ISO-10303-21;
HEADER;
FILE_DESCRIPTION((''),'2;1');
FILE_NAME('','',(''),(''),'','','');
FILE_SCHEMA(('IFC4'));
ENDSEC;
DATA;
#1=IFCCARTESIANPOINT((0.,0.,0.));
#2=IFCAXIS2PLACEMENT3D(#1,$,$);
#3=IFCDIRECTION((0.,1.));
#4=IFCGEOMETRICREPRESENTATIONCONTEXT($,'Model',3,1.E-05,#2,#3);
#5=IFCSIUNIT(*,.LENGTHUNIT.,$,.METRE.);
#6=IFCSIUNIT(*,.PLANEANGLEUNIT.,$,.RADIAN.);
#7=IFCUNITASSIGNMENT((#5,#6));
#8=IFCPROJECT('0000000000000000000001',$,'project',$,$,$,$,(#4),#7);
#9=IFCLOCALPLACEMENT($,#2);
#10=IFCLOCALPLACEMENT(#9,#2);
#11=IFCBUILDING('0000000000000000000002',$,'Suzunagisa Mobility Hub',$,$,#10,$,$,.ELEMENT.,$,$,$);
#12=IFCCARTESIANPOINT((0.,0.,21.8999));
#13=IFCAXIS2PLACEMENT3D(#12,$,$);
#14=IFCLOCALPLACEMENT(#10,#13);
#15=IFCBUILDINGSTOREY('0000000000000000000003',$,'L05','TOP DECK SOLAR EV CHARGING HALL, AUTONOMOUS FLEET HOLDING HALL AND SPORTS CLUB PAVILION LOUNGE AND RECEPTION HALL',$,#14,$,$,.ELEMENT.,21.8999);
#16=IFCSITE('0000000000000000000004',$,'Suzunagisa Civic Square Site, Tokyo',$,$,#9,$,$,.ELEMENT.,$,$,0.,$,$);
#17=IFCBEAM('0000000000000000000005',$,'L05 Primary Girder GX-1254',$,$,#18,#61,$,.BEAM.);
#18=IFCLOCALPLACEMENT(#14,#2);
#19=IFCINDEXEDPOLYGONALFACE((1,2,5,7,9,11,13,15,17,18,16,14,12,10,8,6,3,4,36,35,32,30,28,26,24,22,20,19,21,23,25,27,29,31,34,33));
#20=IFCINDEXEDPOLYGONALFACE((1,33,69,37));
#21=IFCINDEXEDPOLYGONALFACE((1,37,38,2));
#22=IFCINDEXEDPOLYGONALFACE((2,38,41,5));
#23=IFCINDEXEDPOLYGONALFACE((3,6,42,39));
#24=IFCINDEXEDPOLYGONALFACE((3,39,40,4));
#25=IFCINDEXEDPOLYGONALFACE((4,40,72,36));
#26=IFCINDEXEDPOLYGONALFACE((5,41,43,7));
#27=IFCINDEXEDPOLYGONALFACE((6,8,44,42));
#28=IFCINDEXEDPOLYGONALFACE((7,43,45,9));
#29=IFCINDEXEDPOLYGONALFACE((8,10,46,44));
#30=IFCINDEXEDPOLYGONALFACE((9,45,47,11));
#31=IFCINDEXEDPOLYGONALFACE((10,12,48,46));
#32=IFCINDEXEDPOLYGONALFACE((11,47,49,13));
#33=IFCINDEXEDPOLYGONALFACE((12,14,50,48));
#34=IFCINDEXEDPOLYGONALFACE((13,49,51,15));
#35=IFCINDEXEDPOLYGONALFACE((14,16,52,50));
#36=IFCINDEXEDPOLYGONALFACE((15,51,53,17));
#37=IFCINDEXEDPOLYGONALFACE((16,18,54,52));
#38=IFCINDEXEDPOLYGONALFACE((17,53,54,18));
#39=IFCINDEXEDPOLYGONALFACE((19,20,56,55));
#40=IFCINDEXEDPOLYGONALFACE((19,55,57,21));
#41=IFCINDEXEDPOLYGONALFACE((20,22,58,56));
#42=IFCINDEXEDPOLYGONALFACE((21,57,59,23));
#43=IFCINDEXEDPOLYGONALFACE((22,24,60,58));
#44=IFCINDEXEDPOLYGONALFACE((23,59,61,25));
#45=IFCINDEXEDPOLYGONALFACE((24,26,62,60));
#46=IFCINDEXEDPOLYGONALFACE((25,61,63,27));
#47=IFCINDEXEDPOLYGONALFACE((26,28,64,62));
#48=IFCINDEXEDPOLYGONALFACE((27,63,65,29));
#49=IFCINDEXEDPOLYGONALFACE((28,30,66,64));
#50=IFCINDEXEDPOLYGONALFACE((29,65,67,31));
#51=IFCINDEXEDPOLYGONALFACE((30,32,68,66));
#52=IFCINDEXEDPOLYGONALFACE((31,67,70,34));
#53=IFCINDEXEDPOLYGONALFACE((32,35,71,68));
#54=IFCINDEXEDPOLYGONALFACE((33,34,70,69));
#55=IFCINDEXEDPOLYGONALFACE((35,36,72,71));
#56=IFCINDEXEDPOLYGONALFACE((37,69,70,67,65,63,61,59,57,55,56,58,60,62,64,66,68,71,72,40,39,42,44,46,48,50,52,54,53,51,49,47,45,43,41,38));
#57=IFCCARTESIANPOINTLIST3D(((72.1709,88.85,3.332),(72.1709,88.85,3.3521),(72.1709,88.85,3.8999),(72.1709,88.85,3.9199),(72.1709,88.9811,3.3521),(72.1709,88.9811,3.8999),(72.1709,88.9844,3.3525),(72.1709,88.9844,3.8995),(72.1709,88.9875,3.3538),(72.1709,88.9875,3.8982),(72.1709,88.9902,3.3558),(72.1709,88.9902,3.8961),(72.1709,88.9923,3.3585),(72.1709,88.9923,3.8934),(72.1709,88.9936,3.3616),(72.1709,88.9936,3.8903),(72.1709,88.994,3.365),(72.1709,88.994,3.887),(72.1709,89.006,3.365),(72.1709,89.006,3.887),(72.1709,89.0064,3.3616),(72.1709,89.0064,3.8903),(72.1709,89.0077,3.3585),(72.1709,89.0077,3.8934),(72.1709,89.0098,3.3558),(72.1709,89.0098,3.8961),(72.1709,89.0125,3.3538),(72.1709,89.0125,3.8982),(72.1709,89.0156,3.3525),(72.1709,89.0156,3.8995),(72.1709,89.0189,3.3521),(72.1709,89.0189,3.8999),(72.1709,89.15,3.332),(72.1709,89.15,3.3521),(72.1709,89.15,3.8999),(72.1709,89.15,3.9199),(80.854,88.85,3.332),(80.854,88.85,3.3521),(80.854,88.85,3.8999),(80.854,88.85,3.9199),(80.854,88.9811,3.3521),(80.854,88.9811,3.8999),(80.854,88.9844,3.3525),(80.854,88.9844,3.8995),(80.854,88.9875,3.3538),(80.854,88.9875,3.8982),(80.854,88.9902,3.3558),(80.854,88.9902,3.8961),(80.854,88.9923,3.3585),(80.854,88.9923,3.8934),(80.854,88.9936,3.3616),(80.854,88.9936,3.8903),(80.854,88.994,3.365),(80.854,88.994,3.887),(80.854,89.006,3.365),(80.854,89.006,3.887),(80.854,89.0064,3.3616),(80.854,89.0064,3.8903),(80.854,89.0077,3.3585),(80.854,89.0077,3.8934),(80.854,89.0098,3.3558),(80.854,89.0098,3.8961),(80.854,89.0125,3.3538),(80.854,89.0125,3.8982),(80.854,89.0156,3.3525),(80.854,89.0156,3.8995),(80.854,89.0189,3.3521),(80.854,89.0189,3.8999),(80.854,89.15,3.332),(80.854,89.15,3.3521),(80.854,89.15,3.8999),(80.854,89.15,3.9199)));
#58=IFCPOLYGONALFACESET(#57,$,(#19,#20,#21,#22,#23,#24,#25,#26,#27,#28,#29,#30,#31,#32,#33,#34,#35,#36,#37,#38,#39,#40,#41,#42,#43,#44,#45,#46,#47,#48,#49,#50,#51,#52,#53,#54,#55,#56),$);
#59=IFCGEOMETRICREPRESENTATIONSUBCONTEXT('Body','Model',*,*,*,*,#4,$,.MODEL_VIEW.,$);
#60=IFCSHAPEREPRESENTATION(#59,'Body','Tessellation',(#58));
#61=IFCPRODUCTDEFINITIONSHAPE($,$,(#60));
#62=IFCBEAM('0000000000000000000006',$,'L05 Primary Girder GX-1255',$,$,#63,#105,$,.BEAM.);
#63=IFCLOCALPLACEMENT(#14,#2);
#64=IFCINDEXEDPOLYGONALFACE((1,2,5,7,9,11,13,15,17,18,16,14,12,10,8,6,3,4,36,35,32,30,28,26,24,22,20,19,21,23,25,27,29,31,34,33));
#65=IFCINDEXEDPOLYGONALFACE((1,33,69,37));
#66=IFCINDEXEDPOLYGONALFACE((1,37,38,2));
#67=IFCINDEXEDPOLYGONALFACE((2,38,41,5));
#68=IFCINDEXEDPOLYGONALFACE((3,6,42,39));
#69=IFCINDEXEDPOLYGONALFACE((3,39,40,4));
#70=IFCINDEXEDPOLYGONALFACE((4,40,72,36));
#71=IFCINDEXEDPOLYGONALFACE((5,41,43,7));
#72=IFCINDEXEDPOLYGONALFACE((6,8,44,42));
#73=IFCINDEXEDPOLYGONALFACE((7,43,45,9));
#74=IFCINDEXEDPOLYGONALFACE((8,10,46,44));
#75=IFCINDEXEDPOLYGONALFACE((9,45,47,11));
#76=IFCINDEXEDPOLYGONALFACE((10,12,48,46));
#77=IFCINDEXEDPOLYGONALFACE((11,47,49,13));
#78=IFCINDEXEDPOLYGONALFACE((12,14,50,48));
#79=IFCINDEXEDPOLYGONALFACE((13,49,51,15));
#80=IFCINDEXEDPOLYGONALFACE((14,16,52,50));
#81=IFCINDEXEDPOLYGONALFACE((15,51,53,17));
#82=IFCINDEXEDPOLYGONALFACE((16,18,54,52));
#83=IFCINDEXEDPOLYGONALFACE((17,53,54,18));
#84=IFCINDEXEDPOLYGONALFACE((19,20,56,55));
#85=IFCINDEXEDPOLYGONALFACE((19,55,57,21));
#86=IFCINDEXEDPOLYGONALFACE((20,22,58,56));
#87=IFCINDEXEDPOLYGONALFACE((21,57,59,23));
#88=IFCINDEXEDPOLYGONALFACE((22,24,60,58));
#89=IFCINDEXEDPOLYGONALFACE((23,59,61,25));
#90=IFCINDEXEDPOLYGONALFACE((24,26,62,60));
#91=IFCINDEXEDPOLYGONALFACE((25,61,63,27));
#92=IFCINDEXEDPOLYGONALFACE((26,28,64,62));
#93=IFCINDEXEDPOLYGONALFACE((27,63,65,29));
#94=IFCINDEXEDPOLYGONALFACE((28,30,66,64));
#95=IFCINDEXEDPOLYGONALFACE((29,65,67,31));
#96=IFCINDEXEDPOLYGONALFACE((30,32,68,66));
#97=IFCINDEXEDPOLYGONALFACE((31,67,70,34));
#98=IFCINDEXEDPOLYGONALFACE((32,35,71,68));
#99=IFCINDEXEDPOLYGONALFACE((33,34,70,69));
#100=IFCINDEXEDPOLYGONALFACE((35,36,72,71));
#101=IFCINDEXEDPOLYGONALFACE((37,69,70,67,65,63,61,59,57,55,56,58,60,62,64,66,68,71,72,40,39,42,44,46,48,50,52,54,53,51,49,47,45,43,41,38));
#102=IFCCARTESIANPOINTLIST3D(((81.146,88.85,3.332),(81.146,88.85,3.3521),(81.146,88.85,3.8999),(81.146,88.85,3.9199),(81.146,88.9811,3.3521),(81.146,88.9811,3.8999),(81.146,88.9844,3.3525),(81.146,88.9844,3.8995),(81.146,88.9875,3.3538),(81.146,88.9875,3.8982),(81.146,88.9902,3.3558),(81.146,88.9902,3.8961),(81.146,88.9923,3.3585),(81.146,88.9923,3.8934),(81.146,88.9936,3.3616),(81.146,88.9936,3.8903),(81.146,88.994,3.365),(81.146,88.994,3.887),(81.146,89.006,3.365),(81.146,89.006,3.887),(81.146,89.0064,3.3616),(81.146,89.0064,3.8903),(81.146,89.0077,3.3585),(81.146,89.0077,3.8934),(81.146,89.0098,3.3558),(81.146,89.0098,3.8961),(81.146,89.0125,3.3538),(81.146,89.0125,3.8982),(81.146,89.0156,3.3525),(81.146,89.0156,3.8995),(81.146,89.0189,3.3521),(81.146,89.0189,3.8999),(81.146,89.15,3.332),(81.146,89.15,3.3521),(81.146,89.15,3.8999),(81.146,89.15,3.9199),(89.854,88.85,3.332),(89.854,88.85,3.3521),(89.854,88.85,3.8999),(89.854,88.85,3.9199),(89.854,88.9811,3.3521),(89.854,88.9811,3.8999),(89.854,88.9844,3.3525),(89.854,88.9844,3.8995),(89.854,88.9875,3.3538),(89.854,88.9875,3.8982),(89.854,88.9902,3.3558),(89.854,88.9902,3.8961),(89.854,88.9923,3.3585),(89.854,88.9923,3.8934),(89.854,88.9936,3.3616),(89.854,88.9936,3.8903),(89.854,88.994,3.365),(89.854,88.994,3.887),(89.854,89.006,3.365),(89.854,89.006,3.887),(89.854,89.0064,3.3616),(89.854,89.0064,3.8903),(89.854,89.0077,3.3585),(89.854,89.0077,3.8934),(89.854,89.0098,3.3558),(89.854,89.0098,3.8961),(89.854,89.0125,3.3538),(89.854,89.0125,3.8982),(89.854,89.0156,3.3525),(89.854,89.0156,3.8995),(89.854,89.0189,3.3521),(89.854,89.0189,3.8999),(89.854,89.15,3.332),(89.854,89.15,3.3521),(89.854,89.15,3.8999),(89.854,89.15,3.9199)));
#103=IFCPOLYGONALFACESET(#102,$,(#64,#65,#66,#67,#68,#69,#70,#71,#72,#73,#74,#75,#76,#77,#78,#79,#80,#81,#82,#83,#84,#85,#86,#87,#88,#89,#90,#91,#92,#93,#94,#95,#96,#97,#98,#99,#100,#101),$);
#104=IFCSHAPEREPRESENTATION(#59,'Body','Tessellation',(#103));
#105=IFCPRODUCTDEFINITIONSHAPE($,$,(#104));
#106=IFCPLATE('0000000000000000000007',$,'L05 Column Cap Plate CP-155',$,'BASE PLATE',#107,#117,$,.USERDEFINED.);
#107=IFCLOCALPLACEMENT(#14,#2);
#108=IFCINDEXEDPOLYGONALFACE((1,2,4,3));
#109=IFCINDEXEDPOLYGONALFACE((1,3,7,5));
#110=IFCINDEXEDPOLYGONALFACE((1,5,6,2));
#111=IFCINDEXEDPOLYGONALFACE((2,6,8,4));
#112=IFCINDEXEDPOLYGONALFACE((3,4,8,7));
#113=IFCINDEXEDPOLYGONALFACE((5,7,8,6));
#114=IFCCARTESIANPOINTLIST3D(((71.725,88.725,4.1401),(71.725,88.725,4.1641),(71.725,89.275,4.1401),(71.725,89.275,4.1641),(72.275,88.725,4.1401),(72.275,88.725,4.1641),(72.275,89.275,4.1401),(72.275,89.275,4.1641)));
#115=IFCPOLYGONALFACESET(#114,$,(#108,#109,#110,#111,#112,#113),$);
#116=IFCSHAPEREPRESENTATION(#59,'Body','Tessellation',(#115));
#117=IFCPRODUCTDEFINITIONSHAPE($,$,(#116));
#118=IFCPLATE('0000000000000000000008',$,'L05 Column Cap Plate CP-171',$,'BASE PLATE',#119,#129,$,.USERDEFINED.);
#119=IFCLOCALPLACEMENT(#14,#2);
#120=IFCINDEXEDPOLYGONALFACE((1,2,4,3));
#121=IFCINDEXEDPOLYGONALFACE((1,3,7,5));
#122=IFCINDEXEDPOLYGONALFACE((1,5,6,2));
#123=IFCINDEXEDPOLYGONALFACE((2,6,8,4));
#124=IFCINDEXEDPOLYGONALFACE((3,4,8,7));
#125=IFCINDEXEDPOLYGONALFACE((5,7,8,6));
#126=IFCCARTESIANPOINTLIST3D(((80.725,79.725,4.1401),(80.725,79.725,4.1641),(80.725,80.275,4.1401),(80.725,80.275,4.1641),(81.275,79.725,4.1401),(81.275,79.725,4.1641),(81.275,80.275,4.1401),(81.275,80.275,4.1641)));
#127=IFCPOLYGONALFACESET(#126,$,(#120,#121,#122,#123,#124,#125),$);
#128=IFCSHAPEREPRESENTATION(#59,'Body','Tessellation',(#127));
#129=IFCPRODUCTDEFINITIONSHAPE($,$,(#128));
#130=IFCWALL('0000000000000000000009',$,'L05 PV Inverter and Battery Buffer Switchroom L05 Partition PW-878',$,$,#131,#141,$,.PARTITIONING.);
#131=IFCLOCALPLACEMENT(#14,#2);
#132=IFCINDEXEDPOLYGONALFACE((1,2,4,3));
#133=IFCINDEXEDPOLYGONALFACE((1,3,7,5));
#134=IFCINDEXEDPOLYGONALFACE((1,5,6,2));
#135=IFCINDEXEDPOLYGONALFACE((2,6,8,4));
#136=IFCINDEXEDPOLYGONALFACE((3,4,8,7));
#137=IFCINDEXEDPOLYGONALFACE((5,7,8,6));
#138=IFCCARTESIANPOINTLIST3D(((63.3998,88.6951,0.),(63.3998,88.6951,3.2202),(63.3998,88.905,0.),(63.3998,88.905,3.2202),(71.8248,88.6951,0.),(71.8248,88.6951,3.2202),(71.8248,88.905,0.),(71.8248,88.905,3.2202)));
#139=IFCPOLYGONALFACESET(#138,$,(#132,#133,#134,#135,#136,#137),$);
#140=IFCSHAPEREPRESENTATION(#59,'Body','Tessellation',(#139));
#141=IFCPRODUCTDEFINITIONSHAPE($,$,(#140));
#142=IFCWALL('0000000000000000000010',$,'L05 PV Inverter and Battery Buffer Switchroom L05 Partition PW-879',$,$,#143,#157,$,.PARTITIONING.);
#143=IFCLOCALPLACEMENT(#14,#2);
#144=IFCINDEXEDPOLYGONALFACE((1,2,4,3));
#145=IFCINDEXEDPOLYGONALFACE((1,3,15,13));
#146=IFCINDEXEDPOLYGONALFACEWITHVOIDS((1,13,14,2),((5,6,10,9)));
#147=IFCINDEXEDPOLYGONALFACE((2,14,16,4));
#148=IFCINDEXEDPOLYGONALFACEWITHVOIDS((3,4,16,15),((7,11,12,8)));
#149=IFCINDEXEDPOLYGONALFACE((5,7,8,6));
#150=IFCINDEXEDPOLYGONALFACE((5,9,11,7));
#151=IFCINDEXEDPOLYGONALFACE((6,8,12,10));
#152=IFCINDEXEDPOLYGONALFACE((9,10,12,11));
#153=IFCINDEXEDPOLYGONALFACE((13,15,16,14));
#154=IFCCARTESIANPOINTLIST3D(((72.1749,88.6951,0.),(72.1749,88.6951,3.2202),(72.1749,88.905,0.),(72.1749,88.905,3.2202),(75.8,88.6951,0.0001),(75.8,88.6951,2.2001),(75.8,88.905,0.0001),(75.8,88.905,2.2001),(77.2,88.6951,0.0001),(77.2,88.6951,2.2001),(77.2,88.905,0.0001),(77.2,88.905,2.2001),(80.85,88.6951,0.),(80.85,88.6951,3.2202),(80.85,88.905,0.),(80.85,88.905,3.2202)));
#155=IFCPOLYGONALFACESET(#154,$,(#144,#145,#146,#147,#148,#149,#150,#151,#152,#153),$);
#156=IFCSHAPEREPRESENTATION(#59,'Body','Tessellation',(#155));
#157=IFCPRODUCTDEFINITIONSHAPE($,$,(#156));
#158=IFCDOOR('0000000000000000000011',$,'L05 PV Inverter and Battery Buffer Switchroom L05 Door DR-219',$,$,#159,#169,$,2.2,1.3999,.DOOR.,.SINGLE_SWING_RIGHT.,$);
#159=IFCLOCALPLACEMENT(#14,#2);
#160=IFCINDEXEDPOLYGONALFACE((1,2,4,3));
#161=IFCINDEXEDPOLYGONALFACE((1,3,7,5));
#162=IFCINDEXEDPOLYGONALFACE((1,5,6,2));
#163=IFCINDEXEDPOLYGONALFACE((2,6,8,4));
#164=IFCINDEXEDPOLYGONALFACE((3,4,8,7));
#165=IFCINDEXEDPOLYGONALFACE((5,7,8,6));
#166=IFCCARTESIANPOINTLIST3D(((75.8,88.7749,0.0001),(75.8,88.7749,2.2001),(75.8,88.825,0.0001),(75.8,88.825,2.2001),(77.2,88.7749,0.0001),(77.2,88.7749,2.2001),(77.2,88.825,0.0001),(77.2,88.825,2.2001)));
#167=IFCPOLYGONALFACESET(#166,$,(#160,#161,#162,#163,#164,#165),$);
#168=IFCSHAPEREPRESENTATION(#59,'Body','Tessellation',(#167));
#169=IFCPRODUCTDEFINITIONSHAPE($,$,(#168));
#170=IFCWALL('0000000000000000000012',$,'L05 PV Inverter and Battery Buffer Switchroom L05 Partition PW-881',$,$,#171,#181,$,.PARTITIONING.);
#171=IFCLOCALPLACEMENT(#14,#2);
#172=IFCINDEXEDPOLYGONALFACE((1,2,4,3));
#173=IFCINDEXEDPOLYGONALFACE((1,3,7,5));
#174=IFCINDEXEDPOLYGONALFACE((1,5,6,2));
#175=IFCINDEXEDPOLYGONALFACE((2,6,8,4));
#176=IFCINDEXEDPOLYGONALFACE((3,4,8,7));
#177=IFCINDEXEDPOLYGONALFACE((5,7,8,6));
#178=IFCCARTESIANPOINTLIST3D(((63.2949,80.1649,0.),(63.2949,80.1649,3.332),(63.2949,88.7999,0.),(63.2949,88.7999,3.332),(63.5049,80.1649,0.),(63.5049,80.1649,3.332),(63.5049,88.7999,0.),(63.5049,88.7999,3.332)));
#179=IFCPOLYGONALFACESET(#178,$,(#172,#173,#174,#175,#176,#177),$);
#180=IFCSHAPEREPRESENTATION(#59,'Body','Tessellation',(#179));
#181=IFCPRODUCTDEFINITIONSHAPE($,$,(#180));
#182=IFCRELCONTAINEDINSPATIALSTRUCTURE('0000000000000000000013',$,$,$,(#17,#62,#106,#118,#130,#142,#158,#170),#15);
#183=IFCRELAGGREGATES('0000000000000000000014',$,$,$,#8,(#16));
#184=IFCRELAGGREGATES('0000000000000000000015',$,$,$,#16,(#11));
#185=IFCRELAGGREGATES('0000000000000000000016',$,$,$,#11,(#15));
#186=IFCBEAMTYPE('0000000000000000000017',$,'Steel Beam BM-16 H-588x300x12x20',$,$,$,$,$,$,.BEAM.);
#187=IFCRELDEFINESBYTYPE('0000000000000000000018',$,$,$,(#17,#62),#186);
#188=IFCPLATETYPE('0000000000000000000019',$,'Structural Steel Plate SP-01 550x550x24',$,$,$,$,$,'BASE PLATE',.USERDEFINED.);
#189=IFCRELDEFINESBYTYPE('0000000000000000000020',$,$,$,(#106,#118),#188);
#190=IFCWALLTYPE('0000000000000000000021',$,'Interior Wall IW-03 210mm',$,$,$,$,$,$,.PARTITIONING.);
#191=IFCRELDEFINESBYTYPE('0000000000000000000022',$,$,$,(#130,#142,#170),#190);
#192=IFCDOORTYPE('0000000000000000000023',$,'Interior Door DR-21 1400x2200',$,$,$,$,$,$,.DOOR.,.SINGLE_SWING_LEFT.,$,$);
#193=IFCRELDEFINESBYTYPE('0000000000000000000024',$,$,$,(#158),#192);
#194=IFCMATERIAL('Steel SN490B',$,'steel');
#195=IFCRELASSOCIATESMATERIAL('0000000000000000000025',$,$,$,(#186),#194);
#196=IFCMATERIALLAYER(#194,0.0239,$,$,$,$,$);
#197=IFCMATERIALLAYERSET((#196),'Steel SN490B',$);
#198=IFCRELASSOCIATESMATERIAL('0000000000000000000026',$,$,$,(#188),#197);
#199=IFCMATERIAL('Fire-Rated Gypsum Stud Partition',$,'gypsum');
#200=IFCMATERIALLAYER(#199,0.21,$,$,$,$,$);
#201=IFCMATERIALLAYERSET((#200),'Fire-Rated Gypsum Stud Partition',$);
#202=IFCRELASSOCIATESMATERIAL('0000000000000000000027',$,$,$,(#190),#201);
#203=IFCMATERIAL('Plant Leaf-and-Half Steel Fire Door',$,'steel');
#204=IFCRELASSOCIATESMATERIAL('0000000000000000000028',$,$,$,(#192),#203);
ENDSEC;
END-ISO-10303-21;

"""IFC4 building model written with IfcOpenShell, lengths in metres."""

from ifc_helpers import new_model, si_unit, direction, frame, frame_2d, origin, origin_2d, place, context, subcontext, project, spatial, rectangle, i_section, extrude, material, layer, layer_set, material_profile, profile_set, type_object, element, fill, save


model = new_model("IFC4")

# Units and contexts
model_context = context("Model", 3, precision=1e-05, world=origin(), true_north=direction((0.0, 1.0)))
body_context = subcontext(model_context, "Body", "Model", "MODEL_VIEW")
ifc_project = project(units=[si_unit("LENGTHUNIT", "METRE"), si_unit("PLANEANGLEUNIT", "RADIAN")], contexts=[model_context])

# Site, building, storey
site_placement = place(None, origin())
site = spatial("IfcSite", under=ifc_project, at=site_placement, Name="Suzunagisa Civic Square Site, Tokyo", CompositionType="ELEMENT", RefElevation=0.0)
building_placement = place(site_placement, origin())
building = spatial("IfcBuilding", under=site, at=building_placement, Name="Suzunagisa Mobility Hub", CompositionType="ELEMENT")
storey_placement = place(building_placement, frame((0.0, 0.0, 21.8999)))
storey = spatial("IfcBuildingStorey", under=building, at=storey_placement, Name="L05", Description="TOP DECK SOLAR EV CHARGING HALL, AUTONOMOUS FLEET HOLDING HALL AND SPORTS CLUB PAVILION LOUNGE AND RECEPTION HALL", CompositionType="ELEMENT", Elevation=21.8999)

# Shared definitions
ifc_material_1 = material(Name="Steel SN490B", Category="steel")

# Beams
ifc_material_profile_1 = material_profile(ifc_material_1, i_section(OverallWidth=0.3, OverallDepth=0.5879, WebThickness=0.012, FlangeThickness=0.02, FilletRadius=0.0129, at=origin_2d()), Name="H-588x300x12x20")
ifc_profile_set_1 = profile_set([ifc_material_profile_1], Name="Steel SN490B")
beam_type_1 = type_object("IfcBeamType", Name="Steel Beam BM-16 H-588x300x12x20", PredefinedType="BEAM", material=ifc_profile_set_1)
for number, where, z_axis, x_axis, name in (
    (1, (72.1709, 89.0, 3.626), (1.0, 0.0, 0.0), (0.0, 1.0, 0.0), "L05 Primary Girder GX-1254"),
):
    element("IfcBeam", number, at=place(storey_placement, frame(where, z_axis=z_axis, x_axis=x_axis)), inside=storey, type_object=beam_type_1, Name=name, PredefinedType="BEAM", context=body_context, shape_type="SweptSolid", body=[
        extrude(i_section(OverallWidth=0.3, OverallDepth=0.5879, WebThickness=0.012, FlangeThickness=0.02, FilletRadius=0.0129, at=origin_2d()), origin(), (0.0, 0.0, 1.0), 8.6831),
    ])
beam_1_placement = place(storey_placement, frame((81.146, 89.0, 3.626), z_axis=(1.0, 0.0, 0.0), x_axis=(0.0, 1.0, 0.0)))
element("IfcBeam", 2, at=beam_1_placement, inside=storey, type_object=beam_type_1, Name="L05 Primary Girder GX-1255", PredefinedType="BEAM", context=body_context, shape_type="SweptSolid", body=[
    extrude(i_section(OverallWidth=0.3, OverallDepth=0.5879, WebThickness=0.012, FlangeThickness=0.02, FilletRadius=0.0129, at=origin_2d()), origin(), (0.0, 0.0, 1.0), 8.708),
])

# Plates
ifc_layer_1 = layer(ifc_material_1, 0.0239)
ifc_layer_set_1 = layer_set([ifc_layer_1], Name="Steel SN490B")
plate_type = type_object("IfcPlateType", Name="Structural Steel Plate SP-01 550x550x24", ElementType="BASE PLATE", PredefinedType="USERDEFINED", material=ifc_layer_set_1)
for number, where, z_axis, x_axis, name in (
    (3, (72.0, 89.0, 4.1401), (0.0, 0.0, 1.0), (1.0, 0.0, 0.0), "L05 Column Cap Plate CP-155"),
    (4, (81.0, 80.0, 4.1401), (0.0, 0.0, 1.0), (1.0, 0.0, 0.0), "L05 Column Cap Plate CP-171"),
):
    element("IfcPlate", number, at=place(storey_placement, frame(where, z_axis=z_axis, x_axis=x_axis)), inside=storey, type_object=plate_type, Name=name, ObjectType="BASE PLATE", PredefinedType="USERDEFINED", context=body_context, shape_type="SweptSolid", body=[
        extrude(rectangle(XDim=0.55, YDim=0.55, at=origin_2d()), origin(), (0.0, 0.0, 1.0), 0.0239),
    ])

# Wall
ifc_material_2 = material(Name="Fire-Rated Gypsum Stud Partition", Category="gypsum")
ifc_layer_2 = layer(ifc_material_2, 0.21)
ifc_layer_set_2 = layer_set([ifc_layer_2], Name="Fire-Rated Gypsum Stud Partition")
wall_type = type_object("IfcWallType", Name="Interior Wall IW-03 210mm", PredefinedType="PARTITIONING", material=ifc_layer_set_2)
wall_1_placement = place(storey_placement, frame((63.3999, 88.8, 0.0), z_axis=(0.0, 0.0, 1.0), x_axis=(1.0, 0.0, 0.0)))
element("IfcWall", 5, at=wall_1_placement, inside=storey, type_object=wall_type, Name="L05 PV Inverter and Battery Buffer Switchroom L05 Partition PW-878", PredefinedType="PARTITIONING", context=body_context, shape_type="SweptSolid", body=[
    extrude(rectangle(XDim=8.425, YDim=0.21, at=frame_2d((4.2124, 0.0))), origin(), (0.0, 0.0, 1.0), 3.2202),
])

# Wall, opening, door
wall_2_placement = place(storey_placement, frame((72.175, 88.8, 0.0), z_axis=(0.0, 0.0, 1.0), x_axis=(1.0, 0.0, 0.0)))
wall_2 = element("IfcWall", 6, at=wall_2_placement, inside=storey, type_object=wall_type, Name="L05 PV Inverter and Battery Buffer Switchroom L05 Partition PW-879", PredefinedType="PARTITIONING", context=body_context, shape_type="SweptSolid", body=[
    extrude(rectangle(XDim=8.675, YDim=0.21, at=frame_2d((4.3374, 0.0))), origin(), (0.0, 0.0, 1.0), 3.2202),
])
opening_placement = place(wall_2_placement, frame((3.625, 0.0, 0.0)))
opening = element("IfcOpeningElement", 7, at=opening_placement, cuts=wall_2, PredefinedType="OPENING", context=body_context, shape_type="SweptSolid", body=[
    extrude(rectangle(XDim=1.3999, YDim=2.2, at=frame_2d((0.7, 1.1001))), frame((0.0, 0.116, 0.0), z_axis=(0.0, -1.0, 0.0), x_axis=(1.0, 0.0, 0.0)), (0.0, 0.0, 1.0), 0.2319),
])
ifc_material_3 = material(Name="Plant Leaf-and-Half Steel Fire Door", Category="steel")
door_type = type_object("IfcDoorType", Name="Interior Door DR-21 1400x2200", OperationType="SINGLE_SWING_LEFT", PredefinedType="DOOR", material=ifc_material_3)
door_placement = place(opening_placement, origin())
door = element("IfcDoor", 8, at=door_placement, inside=storey, type_object=door_type, Name="L05 PV Inverter and Battery Buffer Switchroom L05 Door DR-219", OperationType="SINGLE_SWING_RIGHT", OverallHeight=2.2, OverallWidth=1.3999, PredefinedType="DOOR", context=body_context, shape_type="SweptSolid", body=[
    extrude(rectangle(XDim=1.3999, YDim=2.2, at=frame_2d((0.7, 1.1001))), frame((0.0, 0.0249, 0.0), z_axis=(0.0, -1.0, 0.0), x_axis=(1.0, 0.0, 0.0)), (0.0, 0.0, 1.0), 0.05),
])
fill(opening, door)

# Wall
wall_3_placement = place(storey_placement, frame((63.3999, 80.165, 0.0), z_axis=(0.0, 0.0, 1.0), x_axis=(0.0, 1.0, 0.0)))
element("IfcWall", 9, at=wall_3_placement, inside=storey, type_object=wall_type, Name="L05 PV Inverter and Battery Buffer Switchroom L05 Partition PW-881", PredefinedType="PARTITIONING", context=body_context, shape_type="SweptSolid", body=[
    extrude(rectangle(XDim=8.635, YDim=0.21, at=frame_2d((4.3174, 0.0))), origin(), (0.0, 0.0, 1.0), 3.332),
])

save(model, "model.ifc")
